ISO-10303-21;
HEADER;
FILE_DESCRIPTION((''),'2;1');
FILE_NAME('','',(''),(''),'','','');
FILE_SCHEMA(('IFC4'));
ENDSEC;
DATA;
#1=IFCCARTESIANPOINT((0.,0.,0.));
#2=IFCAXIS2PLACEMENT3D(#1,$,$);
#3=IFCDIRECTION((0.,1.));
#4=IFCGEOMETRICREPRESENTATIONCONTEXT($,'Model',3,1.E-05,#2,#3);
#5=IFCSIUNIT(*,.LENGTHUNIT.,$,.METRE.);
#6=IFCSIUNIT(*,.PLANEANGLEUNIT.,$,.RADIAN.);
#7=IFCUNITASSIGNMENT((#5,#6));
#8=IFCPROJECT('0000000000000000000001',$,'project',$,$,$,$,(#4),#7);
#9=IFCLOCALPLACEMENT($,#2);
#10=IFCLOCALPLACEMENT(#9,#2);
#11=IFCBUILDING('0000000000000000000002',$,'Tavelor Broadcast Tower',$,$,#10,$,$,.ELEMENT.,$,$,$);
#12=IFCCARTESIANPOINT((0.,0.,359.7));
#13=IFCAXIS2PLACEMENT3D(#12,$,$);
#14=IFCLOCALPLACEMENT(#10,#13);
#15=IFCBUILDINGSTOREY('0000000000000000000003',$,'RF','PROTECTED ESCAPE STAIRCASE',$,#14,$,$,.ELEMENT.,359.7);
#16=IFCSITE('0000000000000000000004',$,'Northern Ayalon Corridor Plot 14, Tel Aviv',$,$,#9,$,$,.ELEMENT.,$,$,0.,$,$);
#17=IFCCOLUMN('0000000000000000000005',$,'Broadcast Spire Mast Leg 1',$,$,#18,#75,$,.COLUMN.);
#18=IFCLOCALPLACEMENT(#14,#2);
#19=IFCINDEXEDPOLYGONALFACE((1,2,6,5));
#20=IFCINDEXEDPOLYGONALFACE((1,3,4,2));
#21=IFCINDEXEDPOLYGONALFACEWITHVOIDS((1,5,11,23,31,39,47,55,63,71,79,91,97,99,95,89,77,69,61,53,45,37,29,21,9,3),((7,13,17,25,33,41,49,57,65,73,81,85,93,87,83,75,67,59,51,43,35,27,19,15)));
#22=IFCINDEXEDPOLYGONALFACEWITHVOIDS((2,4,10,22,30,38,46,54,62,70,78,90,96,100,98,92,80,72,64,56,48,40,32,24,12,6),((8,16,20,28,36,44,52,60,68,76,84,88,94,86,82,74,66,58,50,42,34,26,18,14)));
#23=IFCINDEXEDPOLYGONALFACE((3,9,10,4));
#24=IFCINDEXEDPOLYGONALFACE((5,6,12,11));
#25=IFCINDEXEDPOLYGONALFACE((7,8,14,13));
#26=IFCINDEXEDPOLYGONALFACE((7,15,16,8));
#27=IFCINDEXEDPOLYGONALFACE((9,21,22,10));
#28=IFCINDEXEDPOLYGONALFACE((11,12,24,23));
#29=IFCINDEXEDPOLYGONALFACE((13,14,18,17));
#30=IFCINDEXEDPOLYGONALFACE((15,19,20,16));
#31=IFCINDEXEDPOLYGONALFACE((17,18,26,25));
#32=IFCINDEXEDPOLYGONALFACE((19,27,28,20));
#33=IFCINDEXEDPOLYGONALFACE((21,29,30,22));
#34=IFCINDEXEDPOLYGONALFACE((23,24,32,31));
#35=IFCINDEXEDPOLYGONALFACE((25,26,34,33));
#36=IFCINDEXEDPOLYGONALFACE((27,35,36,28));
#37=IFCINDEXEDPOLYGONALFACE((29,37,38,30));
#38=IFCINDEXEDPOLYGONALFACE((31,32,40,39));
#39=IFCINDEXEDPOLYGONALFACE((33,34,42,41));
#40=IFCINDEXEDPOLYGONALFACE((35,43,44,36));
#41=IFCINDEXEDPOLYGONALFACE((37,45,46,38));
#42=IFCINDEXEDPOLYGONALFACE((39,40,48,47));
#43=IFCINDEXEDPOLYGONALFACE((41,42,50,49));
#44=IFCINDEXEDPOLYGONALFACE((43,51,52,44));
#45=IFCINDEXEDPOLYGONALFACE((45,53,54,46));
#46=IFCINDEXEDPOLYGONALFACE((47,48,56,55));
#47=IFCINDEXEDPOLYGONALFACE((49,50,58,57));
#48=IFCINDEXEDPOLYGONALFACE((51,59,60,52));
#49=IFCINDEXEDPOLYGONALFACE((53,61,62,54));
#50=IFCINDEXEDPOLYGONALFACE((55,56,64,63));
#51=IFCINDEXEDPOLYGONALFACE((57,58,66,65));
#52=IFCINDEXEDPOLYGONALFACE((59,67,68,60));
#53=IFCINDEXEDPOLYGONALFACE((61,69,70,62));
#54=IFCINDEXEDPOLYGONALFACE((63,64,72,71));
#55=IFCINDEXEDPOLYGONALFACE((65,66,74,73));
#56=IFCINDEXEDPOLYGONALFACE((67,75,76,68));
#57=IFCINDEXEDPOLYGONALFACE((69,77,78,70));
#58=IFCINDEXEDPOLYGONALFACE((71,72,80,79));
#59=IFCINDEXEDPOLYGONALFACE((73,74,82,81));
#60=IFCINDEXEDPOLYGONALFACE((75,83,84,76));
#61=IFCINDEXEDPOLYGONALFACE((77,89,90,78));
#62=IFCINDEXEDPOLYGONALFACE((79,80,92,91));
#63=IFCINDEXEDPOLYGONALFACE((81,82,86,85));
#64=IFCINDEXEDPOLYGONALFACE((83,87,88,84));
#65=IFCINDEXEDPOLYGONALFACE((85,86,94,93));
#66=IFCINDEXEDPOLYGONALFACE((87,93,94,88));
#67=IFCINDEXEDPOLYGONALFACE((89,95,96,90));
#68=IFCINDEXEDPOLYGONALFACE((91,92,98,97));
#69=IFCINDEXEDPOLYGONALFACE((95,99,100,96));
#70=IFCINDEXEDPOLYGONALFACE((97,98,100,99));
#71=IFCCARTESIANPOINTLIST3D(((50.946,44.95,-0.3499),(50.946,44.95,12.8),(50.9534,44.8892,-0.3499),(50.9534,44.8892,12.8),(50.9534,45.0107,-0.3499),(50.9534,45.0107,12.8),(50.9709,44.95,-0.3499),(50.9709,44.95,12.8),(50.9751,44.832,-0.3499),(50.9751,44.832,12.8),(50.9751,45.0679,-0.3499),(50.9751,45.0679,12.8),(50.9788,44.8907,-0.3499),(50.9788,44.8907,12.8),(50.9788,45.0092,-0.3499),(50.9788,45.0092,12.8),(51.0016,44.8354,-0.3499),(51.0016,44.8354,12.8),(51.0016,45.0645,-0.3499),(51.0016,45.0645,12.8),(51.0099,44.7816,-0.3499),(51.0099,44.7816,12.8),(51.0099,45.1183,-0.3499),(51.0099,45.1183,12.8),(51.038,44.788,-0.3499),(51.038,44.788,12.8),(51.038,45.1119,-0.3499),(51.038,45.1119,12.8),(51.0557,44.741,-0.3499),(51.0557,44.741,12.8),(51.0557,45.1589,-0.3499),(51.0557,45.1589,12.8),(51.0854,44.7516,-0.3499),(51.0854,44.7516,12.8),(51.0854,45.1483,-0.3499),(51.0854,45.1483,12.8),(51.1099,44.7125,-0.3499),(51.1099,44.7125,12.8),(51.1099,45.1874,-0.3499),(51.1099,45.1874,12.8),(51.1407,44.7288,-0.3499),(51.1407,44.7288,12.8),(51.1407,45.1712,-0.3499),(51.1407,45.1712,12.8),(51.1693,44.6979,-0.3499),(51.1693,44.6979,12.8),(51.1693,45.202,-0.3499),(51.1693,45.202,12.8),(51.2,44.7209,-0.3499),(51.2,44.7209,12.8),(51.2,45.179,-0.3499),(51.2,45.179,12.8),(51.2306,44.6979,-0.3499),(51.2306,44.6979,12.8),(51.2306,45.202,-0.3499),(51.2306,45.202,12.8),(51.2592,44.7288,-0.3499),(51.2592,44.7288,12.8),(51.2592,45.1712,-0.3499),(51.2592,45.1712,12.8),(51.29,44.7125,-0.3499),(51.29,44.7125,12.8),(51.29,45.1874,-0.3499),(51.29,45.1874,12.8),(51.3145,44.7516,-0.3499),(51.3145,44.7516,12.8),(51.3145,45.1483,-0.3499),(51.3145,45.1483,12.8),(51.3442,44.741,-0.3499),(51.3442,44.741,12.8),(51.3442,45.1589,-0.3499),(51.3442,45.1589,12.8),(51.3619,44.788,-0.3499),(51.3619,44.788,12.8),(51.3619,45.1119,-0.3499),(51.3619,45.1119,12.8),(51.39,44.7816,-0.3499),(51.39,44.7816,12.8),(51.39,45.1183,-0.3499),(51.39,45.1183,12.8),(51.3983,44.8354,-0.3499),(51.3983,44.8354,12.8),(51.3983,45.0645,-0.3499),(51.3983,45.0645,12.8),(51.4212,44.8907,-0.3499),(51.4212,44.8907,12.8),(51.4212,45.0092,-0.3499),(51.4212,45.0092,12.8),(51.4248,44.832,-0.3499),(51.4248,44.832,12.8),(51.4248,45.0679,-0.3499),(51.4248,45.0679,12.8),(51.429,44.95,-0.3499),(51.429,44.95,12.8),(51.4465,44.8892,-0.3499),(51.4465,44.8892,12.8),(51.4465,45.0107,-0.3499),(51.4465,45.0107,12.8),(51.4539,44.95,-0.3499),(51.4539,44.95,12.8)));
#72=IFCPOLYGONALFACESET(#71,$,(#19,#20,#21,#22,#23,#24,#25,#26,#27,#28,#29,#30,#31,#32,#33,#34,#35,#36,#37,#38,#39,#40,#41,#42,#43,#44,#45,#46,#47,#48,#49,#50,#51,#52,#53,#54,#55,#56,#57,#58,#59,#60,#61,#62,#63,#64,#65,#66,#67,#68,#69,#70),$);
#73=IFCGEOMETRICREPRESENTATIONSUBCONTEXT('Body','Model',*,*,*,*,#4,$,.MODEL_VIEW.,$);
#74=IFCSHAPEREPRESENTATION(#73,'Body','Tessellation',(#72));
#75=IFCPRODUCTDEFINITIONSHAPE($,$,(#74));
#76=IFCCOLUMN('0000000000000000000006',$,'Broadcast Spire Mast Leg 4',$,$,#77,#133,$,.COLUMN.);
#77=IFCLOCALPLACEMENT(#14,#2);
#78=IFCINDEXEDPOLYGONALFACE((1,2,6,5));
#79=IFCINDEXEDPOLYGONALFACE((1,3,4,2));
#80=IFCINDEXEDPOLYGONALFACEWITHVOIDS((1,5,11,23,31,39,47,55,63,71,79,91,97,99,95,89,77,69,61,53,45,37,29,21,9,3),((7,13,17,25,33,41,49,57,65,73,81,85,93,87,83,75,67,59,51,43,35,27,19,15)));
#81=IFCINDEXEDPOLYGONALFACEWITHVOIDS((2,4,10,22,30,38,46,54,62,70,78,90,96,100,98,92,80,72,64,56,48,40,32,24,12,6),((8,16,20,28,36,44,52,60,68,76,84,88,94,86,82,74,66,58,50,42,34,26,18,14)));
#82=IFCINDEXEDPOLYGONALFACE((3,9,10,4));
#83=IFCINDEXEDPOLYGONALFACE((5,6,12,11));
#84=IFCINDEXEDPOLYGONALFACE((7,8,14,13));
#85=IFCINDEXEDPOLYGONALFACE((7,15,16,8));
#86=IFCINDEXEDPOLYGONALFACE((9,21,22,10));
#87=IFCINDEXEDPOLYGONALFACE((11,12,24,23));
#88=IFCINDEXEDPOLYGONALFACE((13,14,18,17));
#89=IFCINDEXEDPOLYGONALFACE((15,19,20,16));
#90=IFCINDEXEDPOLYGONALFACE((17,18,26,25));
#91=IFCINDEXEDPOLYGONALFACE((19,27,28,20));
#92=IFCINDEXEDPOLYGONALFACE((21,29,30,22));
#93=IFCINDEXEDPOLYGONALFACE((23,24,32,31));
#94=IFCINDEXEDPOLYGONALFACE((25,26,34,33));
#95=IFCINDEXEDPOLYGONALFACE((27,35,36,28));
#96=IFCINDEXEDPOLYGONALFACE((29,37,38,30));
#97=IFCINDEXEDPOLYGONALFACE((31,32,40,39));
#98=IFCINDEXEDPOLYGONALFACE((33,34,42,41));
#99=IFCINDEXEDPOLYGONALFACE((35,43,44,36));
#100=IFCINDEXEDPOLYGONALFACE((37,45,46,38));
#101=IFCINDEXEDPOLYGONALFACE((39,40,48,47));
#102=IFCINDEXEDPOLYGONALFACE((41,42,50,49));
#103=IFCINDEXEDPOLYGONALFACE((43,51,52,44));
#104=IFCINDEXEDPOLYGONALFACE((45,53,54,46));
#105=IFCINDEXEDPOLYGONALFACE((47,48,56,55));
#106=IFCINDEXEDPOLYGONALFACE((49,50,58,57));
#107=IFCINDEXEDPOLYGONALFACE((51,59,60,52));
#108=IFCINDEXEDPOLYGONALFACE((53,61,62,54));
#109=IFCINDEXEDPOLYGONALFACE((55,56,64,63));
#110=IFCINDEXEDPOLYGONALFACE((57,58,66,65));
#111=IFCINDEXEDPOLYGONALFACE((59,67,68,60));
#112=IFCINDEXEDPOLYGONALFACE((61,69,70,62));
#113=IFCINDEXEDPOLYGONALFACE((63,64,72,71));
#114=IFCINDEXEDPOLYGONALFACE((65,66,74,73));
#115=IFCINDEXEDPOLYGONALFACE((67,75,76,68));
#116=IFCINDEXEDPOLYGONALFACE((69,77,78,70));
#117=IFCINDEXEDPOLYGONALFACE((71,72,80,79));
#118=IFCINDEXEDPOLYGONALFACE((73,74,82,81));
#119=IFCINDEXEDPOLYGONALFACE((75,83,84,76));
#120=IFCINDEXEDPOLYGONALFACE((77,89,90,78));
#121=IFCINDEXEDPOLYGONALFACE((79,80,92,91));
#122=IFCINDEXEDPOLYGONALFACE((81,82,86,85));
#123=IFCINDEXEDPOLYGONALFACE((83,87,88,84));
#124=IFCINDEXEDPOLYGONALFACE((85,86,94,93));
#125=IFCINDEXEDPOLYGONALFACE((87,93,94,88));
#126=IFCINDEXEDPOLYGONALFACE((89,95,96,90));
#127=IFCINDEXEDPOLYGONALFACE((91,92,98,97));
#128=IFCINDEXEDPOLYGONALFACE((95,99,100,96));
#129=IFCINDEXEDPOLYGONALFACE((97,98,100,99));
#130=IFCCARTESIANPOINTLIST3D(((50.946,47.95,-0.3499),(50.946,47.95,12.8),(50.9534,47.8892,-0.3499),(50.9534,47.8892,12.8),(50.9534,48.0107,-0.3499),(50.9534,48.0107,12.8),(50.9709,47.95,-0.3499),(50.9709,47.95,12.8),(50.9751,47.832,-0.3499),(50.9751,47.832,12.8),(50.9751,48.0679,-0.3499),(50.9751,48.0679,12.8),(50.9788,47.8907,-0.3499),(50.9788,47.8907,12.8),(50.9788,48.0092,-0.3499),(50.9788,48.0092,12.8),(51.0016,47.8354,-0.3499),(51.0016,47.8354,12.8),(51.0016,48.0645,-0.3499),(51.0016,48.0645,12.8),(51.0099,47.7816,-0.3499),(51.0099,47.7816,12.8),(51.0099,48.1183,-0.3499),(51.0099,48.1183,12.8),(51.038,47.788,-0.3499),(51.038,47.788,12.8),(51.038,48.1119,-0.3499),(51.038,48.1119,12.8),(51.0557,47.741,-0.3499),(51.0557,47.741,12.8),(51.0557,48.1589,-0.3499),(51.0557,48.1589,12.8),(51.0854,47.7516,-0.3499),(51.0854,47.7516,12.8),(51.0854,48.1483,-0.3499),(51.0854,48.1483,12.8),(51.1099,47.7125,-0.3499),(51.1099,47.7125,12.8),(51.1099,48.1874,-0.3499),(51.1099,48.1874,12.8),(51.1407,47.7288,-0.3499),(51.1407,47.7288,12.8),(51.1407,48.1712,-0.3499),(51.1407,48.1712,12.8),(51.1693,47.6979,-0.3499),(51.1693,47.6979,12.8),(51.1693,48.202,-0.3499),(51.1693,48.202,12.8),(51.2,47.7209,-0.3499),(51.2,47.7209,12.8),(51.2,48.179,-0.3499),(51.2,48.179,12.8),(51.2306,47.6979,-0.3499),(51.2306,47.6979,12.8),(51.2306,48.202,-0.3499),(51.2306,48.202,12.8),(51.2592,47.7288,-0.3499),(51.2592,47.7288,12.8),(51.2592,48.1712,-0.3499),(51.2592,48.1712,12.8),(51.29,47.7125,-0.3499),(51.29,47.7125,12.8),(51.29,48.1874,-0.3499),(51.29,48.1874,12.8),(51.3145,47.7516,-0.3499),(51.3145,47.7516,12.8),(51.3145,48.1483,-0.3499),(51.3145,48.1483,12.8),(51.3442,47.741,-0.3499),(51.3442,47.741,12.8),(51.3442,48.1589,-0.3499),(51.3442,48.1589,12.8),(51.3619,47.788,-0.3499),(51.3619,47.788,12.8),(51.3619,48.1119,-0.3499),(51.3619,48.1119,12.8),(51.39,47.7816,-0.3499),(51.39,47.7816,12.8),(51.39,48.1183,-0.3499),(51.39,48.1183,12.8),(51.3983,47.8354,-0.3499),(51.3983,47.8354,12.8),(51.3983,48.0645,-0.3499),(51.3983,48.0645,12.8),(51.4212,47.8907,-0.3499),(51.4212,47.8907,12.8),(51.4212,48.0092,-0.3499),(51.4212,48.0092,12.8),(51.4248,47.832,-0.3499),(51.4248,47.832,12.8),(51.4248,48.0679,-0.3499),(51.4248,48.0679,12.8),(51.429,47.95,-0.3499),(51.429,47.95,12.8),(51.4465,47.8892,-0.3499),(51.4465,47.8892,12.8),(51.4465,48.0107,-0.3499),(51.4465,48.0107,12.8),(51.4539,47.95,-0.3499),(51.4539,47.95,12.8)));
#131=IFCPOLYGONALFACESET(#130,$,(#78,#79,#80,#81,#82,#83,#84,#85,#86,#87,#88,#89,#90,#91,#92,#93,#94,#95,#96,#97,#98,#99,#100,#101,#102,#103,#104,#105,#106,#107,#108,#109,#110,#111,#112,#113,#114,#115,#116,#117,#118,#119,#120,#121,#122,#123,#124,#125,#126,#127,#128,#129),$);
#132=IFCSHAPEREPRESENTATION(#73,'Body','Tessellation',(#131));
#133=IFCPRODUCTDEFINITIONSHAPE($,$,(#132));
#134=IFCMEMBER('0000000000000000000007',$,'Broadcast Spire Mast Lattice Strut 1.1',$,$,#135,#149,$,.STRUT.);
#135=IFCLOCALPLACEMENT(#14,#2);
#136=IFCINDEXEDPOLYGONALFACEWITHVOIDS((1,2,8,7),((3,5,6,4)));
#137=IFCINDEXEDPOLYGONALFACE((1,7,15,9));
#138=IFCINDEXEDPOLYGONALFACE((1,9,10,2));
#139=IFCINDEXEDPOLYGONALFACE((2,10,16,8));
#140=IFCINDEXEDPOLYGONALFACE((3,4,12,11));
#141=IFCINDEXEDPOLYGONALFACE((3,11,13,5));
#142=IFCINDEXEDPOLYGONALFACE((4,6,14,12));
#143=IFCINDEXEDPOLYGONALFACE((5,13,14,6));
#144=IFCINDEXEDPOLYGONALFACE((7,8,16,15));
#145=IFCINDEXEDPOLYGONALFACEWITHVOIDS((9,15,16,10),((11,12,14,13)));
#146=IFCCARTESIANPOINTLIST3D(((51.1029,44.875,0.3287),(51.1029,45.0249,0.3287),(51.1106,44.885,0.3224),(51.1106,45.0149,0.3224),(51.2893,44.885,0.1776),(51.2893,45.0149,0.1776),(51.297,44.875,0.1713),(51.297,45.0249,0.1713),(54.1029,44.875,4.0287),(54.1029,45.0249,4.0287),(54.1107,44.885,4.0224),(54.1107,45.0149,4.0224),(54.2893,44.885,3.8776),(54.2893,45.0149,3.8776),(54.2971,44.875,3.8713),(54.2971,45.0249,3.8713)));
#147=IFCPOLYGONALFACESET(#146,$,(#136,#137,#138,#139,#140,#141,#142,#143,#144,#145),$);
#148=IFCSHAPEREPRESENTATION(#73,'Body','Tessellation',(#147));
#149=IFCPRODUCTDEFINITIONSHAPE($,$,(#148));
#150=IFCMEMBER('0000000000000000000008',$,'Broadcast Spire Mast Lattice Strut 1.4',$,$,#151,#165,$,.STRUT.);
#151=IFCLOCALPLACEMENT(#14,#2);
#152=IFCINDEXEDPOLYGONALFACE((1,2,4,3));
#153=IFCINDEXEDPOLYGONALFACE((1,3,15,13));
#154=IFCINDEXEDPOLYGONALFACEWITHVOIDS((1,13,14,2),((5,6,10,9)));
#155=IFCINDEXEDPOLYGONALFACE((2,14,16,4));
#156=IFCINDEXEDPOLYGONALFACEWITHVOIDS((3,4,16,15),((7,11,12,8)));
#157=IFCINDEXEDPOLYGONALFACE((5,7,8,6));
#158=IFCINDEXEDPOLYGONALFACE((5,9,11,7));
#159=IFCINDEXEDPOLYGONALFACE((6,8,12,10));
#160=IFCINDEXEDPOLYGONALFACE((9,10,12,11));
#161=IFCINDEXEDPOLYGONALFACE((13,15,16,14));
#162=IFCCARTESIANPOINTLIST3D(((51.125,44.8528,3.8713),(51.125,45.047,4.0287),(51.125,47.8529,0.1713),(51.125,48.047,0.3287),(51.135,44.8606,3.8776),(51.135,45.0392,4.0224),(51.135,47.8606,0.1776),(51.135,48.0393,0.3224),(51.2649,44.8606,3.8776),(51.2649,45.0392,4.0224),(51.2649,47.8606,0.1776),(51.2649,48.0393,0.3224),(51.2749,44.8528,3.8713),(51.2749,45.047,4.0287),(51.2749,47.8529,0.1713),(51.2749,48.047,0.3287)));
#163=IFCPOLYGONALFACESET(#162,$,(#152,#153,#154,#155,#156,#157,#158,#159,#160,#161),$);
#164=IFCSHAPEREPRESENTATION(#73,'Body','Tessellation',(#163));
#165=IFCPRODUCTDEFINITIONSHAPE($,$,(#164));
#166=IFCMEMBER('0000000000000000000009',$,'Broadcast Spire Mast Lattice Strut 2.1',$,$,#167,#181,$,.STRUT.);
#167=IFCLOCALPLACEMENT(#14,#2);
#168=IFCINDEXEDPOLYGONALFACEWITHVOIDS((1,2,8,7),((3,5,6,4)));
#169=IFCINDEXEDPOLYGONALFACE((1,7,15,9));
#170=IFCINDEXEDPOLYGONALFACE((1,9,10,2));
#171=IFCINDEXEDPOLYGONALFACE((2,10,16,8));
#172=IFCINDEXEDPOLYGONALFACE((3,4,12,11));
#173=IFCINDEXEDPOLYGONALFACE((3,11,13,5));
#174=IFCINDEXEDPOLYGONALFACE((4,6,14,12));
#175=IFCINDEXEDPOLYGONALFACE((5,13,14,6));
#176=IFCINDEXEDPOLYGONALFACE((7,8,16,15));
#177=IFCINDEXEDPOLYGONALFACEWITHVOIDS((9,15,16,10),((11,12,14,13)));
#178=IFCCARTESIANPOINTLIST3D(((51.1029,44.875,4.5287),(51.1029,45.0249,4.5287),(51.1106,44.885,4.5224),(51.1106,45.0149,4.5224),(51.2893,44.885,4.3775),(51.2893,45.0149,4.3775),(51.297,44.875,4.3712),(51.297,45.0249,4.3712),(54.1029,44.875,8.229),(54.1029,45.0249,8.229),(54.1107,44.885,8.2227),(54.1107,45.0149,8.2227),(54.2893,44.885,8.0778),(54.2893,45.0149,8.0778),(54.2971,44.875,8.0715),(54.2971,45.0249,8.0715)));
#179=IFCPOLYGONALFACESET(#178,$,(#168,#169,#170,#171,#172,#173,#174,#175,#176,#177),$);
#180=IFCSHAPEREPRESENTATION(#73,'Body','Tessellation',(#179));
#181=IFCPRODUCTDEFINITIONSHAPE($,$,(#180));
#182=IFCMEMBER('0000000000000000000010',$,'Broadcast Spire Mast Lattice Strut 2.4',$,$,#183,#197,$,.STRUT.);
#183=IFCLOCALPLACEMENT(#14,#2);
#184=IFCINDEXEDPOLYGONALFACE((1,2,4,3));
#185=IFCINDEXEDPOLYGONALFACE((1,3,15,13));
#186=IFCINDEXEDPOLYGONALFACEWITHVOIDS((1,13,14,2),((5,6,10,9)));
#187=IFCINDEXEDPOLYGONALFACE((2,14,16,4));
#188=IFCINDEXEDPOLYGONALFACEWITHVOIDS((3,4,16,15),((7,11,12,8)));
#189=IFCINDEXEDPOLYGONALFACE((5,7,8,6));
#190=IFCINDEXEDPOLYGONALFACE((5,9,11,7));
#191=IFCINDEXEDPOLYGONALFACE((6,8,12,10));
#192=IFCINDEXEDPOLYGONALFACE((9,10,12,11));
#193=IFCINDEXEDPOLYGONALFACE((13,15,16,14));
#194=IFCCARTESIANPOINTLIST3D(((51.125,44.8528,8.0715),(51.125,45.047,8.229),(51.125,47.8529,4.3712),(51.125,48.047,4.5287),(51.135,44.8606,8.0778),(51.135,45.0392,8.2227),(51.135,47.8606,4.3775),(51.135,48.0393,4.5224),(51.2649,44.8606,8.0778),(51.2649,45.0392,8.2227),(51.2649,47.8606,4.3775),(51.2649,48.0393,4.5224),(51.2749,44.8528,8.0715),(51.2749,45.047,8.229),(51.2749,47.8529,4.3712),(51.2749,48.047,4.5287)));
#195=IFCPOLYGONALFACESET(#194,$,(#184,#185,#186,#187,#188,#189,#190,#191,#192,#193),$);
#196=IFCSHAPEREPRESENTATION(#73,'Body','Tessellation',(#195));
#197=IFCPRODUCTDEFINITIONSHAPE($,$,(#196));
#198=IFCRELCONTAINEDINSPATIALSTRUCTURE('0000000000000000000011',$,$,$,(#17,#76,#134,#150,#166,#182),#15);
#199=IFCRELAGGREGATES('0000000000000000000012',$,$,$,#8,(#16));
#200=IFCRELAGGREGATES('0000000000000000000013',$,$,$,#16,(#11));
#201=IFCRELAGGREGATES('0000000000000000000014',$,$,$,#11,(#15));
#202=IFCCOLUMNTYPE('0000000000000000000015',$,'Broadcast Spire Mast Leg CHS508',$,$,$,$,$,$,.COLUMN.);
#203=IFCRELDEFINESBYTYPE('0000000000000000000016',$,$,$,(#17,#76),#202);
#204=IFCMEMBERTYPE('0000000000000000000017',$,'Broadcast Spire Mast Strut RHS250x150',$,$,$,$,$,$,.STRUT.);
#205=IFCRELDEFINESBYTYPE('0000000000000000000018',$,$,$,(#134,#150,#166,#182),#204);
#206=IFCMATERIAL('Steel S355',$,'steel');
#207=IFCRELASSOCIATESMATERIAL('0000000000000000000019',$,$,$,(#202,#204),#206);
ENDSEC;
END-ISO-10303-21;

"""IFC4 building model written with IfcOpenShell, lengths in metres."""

from ifc_helpers import new_model, si_unit, direction, frame, origin, origin_2d, place, context, subcontext, project, spatial, hollow_rectangle, hollow_circle, extrude, material, material_profile, profile_set, type_object, element, save


model = new_model("IFC4")

# Units and contexts
model_context = context("Model", 3, precision=1e-05, world=origin(), true_north=direction((0.0, 1.0)))
body_context = subcontext(model_context, "Body", "Model", "MODEL_VIEW")
ifc_project = project(units=[si_unit("LENGTHUNIT", "METRE"), si_unit("PLANEANGLEUNIT", "RADIAN")], contexts=[model_context])

# Site, building, storey
site_placement = place(None, origin())
site = spatial("IfcSite", under=ifc_project, at=site_placement, Name="Northern Ayalon Corridor Plot 14, Tel Aviv", CompositionType="ELEMENT", RefElevation=0.0)
building_placement = place(site_placement, origin())
building = spatial("IfcBuilding", under=site, at=building_placement, Name="Tavelor Broadcast Tower", CompositionType="ELEMENT")
storey_placement = place(building_placement, frame((0.0, 0.0, 359.7)))
storey = spatial("IfcBuildingStorey", under=building, at=storey_placement, Name="RF", Description="PROTECTED ESCAPE STAIRCASE", CompositionType="ELEMENT", Elevation=359.7)

# Columns
ifc_material_1 = material(Name="Steel S355", Category="steel")
ifc_material_profile_1 = material_profile(ifc_material_1, hollow_circle(Radius=0.2539, WallThickness=0.0249, at=origin_2d()), Name="CHS 508x25")
ifc_profile_set_1 = profile_set([ifc_material_profile_1], Name="Steel S355")
column_type = type_object("IfcColumnType", Name="Broadcast Spire Mast Leg CHS508", PredefinedType="COLUMN", material=ifc_profile_set_1)
for number, where, z_axis, x_axis, name in (
    (1, (51.2, 44.95, -0.3499), (0.0, 0.0, 1.0), (1.0, 0.0, 0.0), "Broadcast Spire Mast Leg 1"),
    (2, (51.2, 47.95, -0.3499), (0.0, 0.0, 1.0), (1.0, 0.0, 0.0), "Broadcast Spire Mast Leg 4"),
):
    element("IfcColumn", number, at=place(storey_placement, frame(where, z_axis=z_axis, x_axis=x_axis)), inside=storey, type_object=column_type, Name=name, PredefinedType="COLUMN", context=body_context, shape_type="SweptSolid", body=[
        extrude(hollow_circle(Radius=0.2539, WallThickness=0.0249, at=origin_2d()), origin(), (0.0, 0.0, 1.0), 13.1499),
    ])

# Members
ifc_material_profile_2 = material_profile(ifc_material_1, hollow_rectangle(XDim=0.1499, YDim=0.25, WallThickness=0.01, at=origin_2d()), Name="RHS 250x150x10")
ifc_profile_set_2 = profile_set([ifc_material_profile_2], Name="Steel S355")
member_type = type_object("IfcMemberType", Name="Broadcast Spire Mast Strut RHS250x150", PredefinedType="STRUT", material=ifc_profile_set_2)
for number, where, z_axis, x_axis, name in (
    (3, (51.2, 44.95, 0.25), (0.629807, 0.0, 0.776752), (0.0, 1.0, 0.0), "Broadcast Spire Mast Lattice Strut 1.1"),
    (4, (51.2, 47.95, 0.25), (0.0, -0.629807, 0.776752), (1.0, 0.0, 0.0), "Broadcast Spire Mast Lattice Strut 1.4"),
):
    element("IfcMember", number, at=place(storey_placement, frame(where, z_axis=z_axis, x_axis=x_axis)), inside=storey, type_object=member_type, Name=name, PredefinedType="STRUT", context=body_context, shape_type="SweptSolid", body=[
        extrude(hollow_rectangle(XDim=0.1499, YDim=0.25, WallThickness=0.01, at=origin_2d()), origin(), (0.0, 0.0, 1.0), 4.7634),
    ])
for number, where, z_axis, x_axis, name in (
    (5, (51.2, 44.95, 4.45), (0.629782, 0.0, 0.776772), (0.0, 1.0, 0.0), "Broadcast Spire Mast Lattice Strut 2.1"),
    (6, (51.2, 47.95, 4.45), (0.0, -0.629782, 0.776772), (1.0, 0.0, 0.0), "Broadcast Spire Mast Lattice Strut 2.4"),
):
    element("IfcMember", number, at=place(storey_placement, frame(where, z_axis=z_axis, x_axis=x_axis)), inside=storey, type_object=member_type, Name=name, PredefinedType="STRUT", context=body_context, shape_type="SweptSolid", body=[
        extrude(hollow_rectangle(XDim=0.1499, YDim=0.25, WallThickness=0.01, at=origin_2d()), origin(), (0.0, 0.0, 1.0), 4.7637),
    ])

save(model, "model.ifc")
